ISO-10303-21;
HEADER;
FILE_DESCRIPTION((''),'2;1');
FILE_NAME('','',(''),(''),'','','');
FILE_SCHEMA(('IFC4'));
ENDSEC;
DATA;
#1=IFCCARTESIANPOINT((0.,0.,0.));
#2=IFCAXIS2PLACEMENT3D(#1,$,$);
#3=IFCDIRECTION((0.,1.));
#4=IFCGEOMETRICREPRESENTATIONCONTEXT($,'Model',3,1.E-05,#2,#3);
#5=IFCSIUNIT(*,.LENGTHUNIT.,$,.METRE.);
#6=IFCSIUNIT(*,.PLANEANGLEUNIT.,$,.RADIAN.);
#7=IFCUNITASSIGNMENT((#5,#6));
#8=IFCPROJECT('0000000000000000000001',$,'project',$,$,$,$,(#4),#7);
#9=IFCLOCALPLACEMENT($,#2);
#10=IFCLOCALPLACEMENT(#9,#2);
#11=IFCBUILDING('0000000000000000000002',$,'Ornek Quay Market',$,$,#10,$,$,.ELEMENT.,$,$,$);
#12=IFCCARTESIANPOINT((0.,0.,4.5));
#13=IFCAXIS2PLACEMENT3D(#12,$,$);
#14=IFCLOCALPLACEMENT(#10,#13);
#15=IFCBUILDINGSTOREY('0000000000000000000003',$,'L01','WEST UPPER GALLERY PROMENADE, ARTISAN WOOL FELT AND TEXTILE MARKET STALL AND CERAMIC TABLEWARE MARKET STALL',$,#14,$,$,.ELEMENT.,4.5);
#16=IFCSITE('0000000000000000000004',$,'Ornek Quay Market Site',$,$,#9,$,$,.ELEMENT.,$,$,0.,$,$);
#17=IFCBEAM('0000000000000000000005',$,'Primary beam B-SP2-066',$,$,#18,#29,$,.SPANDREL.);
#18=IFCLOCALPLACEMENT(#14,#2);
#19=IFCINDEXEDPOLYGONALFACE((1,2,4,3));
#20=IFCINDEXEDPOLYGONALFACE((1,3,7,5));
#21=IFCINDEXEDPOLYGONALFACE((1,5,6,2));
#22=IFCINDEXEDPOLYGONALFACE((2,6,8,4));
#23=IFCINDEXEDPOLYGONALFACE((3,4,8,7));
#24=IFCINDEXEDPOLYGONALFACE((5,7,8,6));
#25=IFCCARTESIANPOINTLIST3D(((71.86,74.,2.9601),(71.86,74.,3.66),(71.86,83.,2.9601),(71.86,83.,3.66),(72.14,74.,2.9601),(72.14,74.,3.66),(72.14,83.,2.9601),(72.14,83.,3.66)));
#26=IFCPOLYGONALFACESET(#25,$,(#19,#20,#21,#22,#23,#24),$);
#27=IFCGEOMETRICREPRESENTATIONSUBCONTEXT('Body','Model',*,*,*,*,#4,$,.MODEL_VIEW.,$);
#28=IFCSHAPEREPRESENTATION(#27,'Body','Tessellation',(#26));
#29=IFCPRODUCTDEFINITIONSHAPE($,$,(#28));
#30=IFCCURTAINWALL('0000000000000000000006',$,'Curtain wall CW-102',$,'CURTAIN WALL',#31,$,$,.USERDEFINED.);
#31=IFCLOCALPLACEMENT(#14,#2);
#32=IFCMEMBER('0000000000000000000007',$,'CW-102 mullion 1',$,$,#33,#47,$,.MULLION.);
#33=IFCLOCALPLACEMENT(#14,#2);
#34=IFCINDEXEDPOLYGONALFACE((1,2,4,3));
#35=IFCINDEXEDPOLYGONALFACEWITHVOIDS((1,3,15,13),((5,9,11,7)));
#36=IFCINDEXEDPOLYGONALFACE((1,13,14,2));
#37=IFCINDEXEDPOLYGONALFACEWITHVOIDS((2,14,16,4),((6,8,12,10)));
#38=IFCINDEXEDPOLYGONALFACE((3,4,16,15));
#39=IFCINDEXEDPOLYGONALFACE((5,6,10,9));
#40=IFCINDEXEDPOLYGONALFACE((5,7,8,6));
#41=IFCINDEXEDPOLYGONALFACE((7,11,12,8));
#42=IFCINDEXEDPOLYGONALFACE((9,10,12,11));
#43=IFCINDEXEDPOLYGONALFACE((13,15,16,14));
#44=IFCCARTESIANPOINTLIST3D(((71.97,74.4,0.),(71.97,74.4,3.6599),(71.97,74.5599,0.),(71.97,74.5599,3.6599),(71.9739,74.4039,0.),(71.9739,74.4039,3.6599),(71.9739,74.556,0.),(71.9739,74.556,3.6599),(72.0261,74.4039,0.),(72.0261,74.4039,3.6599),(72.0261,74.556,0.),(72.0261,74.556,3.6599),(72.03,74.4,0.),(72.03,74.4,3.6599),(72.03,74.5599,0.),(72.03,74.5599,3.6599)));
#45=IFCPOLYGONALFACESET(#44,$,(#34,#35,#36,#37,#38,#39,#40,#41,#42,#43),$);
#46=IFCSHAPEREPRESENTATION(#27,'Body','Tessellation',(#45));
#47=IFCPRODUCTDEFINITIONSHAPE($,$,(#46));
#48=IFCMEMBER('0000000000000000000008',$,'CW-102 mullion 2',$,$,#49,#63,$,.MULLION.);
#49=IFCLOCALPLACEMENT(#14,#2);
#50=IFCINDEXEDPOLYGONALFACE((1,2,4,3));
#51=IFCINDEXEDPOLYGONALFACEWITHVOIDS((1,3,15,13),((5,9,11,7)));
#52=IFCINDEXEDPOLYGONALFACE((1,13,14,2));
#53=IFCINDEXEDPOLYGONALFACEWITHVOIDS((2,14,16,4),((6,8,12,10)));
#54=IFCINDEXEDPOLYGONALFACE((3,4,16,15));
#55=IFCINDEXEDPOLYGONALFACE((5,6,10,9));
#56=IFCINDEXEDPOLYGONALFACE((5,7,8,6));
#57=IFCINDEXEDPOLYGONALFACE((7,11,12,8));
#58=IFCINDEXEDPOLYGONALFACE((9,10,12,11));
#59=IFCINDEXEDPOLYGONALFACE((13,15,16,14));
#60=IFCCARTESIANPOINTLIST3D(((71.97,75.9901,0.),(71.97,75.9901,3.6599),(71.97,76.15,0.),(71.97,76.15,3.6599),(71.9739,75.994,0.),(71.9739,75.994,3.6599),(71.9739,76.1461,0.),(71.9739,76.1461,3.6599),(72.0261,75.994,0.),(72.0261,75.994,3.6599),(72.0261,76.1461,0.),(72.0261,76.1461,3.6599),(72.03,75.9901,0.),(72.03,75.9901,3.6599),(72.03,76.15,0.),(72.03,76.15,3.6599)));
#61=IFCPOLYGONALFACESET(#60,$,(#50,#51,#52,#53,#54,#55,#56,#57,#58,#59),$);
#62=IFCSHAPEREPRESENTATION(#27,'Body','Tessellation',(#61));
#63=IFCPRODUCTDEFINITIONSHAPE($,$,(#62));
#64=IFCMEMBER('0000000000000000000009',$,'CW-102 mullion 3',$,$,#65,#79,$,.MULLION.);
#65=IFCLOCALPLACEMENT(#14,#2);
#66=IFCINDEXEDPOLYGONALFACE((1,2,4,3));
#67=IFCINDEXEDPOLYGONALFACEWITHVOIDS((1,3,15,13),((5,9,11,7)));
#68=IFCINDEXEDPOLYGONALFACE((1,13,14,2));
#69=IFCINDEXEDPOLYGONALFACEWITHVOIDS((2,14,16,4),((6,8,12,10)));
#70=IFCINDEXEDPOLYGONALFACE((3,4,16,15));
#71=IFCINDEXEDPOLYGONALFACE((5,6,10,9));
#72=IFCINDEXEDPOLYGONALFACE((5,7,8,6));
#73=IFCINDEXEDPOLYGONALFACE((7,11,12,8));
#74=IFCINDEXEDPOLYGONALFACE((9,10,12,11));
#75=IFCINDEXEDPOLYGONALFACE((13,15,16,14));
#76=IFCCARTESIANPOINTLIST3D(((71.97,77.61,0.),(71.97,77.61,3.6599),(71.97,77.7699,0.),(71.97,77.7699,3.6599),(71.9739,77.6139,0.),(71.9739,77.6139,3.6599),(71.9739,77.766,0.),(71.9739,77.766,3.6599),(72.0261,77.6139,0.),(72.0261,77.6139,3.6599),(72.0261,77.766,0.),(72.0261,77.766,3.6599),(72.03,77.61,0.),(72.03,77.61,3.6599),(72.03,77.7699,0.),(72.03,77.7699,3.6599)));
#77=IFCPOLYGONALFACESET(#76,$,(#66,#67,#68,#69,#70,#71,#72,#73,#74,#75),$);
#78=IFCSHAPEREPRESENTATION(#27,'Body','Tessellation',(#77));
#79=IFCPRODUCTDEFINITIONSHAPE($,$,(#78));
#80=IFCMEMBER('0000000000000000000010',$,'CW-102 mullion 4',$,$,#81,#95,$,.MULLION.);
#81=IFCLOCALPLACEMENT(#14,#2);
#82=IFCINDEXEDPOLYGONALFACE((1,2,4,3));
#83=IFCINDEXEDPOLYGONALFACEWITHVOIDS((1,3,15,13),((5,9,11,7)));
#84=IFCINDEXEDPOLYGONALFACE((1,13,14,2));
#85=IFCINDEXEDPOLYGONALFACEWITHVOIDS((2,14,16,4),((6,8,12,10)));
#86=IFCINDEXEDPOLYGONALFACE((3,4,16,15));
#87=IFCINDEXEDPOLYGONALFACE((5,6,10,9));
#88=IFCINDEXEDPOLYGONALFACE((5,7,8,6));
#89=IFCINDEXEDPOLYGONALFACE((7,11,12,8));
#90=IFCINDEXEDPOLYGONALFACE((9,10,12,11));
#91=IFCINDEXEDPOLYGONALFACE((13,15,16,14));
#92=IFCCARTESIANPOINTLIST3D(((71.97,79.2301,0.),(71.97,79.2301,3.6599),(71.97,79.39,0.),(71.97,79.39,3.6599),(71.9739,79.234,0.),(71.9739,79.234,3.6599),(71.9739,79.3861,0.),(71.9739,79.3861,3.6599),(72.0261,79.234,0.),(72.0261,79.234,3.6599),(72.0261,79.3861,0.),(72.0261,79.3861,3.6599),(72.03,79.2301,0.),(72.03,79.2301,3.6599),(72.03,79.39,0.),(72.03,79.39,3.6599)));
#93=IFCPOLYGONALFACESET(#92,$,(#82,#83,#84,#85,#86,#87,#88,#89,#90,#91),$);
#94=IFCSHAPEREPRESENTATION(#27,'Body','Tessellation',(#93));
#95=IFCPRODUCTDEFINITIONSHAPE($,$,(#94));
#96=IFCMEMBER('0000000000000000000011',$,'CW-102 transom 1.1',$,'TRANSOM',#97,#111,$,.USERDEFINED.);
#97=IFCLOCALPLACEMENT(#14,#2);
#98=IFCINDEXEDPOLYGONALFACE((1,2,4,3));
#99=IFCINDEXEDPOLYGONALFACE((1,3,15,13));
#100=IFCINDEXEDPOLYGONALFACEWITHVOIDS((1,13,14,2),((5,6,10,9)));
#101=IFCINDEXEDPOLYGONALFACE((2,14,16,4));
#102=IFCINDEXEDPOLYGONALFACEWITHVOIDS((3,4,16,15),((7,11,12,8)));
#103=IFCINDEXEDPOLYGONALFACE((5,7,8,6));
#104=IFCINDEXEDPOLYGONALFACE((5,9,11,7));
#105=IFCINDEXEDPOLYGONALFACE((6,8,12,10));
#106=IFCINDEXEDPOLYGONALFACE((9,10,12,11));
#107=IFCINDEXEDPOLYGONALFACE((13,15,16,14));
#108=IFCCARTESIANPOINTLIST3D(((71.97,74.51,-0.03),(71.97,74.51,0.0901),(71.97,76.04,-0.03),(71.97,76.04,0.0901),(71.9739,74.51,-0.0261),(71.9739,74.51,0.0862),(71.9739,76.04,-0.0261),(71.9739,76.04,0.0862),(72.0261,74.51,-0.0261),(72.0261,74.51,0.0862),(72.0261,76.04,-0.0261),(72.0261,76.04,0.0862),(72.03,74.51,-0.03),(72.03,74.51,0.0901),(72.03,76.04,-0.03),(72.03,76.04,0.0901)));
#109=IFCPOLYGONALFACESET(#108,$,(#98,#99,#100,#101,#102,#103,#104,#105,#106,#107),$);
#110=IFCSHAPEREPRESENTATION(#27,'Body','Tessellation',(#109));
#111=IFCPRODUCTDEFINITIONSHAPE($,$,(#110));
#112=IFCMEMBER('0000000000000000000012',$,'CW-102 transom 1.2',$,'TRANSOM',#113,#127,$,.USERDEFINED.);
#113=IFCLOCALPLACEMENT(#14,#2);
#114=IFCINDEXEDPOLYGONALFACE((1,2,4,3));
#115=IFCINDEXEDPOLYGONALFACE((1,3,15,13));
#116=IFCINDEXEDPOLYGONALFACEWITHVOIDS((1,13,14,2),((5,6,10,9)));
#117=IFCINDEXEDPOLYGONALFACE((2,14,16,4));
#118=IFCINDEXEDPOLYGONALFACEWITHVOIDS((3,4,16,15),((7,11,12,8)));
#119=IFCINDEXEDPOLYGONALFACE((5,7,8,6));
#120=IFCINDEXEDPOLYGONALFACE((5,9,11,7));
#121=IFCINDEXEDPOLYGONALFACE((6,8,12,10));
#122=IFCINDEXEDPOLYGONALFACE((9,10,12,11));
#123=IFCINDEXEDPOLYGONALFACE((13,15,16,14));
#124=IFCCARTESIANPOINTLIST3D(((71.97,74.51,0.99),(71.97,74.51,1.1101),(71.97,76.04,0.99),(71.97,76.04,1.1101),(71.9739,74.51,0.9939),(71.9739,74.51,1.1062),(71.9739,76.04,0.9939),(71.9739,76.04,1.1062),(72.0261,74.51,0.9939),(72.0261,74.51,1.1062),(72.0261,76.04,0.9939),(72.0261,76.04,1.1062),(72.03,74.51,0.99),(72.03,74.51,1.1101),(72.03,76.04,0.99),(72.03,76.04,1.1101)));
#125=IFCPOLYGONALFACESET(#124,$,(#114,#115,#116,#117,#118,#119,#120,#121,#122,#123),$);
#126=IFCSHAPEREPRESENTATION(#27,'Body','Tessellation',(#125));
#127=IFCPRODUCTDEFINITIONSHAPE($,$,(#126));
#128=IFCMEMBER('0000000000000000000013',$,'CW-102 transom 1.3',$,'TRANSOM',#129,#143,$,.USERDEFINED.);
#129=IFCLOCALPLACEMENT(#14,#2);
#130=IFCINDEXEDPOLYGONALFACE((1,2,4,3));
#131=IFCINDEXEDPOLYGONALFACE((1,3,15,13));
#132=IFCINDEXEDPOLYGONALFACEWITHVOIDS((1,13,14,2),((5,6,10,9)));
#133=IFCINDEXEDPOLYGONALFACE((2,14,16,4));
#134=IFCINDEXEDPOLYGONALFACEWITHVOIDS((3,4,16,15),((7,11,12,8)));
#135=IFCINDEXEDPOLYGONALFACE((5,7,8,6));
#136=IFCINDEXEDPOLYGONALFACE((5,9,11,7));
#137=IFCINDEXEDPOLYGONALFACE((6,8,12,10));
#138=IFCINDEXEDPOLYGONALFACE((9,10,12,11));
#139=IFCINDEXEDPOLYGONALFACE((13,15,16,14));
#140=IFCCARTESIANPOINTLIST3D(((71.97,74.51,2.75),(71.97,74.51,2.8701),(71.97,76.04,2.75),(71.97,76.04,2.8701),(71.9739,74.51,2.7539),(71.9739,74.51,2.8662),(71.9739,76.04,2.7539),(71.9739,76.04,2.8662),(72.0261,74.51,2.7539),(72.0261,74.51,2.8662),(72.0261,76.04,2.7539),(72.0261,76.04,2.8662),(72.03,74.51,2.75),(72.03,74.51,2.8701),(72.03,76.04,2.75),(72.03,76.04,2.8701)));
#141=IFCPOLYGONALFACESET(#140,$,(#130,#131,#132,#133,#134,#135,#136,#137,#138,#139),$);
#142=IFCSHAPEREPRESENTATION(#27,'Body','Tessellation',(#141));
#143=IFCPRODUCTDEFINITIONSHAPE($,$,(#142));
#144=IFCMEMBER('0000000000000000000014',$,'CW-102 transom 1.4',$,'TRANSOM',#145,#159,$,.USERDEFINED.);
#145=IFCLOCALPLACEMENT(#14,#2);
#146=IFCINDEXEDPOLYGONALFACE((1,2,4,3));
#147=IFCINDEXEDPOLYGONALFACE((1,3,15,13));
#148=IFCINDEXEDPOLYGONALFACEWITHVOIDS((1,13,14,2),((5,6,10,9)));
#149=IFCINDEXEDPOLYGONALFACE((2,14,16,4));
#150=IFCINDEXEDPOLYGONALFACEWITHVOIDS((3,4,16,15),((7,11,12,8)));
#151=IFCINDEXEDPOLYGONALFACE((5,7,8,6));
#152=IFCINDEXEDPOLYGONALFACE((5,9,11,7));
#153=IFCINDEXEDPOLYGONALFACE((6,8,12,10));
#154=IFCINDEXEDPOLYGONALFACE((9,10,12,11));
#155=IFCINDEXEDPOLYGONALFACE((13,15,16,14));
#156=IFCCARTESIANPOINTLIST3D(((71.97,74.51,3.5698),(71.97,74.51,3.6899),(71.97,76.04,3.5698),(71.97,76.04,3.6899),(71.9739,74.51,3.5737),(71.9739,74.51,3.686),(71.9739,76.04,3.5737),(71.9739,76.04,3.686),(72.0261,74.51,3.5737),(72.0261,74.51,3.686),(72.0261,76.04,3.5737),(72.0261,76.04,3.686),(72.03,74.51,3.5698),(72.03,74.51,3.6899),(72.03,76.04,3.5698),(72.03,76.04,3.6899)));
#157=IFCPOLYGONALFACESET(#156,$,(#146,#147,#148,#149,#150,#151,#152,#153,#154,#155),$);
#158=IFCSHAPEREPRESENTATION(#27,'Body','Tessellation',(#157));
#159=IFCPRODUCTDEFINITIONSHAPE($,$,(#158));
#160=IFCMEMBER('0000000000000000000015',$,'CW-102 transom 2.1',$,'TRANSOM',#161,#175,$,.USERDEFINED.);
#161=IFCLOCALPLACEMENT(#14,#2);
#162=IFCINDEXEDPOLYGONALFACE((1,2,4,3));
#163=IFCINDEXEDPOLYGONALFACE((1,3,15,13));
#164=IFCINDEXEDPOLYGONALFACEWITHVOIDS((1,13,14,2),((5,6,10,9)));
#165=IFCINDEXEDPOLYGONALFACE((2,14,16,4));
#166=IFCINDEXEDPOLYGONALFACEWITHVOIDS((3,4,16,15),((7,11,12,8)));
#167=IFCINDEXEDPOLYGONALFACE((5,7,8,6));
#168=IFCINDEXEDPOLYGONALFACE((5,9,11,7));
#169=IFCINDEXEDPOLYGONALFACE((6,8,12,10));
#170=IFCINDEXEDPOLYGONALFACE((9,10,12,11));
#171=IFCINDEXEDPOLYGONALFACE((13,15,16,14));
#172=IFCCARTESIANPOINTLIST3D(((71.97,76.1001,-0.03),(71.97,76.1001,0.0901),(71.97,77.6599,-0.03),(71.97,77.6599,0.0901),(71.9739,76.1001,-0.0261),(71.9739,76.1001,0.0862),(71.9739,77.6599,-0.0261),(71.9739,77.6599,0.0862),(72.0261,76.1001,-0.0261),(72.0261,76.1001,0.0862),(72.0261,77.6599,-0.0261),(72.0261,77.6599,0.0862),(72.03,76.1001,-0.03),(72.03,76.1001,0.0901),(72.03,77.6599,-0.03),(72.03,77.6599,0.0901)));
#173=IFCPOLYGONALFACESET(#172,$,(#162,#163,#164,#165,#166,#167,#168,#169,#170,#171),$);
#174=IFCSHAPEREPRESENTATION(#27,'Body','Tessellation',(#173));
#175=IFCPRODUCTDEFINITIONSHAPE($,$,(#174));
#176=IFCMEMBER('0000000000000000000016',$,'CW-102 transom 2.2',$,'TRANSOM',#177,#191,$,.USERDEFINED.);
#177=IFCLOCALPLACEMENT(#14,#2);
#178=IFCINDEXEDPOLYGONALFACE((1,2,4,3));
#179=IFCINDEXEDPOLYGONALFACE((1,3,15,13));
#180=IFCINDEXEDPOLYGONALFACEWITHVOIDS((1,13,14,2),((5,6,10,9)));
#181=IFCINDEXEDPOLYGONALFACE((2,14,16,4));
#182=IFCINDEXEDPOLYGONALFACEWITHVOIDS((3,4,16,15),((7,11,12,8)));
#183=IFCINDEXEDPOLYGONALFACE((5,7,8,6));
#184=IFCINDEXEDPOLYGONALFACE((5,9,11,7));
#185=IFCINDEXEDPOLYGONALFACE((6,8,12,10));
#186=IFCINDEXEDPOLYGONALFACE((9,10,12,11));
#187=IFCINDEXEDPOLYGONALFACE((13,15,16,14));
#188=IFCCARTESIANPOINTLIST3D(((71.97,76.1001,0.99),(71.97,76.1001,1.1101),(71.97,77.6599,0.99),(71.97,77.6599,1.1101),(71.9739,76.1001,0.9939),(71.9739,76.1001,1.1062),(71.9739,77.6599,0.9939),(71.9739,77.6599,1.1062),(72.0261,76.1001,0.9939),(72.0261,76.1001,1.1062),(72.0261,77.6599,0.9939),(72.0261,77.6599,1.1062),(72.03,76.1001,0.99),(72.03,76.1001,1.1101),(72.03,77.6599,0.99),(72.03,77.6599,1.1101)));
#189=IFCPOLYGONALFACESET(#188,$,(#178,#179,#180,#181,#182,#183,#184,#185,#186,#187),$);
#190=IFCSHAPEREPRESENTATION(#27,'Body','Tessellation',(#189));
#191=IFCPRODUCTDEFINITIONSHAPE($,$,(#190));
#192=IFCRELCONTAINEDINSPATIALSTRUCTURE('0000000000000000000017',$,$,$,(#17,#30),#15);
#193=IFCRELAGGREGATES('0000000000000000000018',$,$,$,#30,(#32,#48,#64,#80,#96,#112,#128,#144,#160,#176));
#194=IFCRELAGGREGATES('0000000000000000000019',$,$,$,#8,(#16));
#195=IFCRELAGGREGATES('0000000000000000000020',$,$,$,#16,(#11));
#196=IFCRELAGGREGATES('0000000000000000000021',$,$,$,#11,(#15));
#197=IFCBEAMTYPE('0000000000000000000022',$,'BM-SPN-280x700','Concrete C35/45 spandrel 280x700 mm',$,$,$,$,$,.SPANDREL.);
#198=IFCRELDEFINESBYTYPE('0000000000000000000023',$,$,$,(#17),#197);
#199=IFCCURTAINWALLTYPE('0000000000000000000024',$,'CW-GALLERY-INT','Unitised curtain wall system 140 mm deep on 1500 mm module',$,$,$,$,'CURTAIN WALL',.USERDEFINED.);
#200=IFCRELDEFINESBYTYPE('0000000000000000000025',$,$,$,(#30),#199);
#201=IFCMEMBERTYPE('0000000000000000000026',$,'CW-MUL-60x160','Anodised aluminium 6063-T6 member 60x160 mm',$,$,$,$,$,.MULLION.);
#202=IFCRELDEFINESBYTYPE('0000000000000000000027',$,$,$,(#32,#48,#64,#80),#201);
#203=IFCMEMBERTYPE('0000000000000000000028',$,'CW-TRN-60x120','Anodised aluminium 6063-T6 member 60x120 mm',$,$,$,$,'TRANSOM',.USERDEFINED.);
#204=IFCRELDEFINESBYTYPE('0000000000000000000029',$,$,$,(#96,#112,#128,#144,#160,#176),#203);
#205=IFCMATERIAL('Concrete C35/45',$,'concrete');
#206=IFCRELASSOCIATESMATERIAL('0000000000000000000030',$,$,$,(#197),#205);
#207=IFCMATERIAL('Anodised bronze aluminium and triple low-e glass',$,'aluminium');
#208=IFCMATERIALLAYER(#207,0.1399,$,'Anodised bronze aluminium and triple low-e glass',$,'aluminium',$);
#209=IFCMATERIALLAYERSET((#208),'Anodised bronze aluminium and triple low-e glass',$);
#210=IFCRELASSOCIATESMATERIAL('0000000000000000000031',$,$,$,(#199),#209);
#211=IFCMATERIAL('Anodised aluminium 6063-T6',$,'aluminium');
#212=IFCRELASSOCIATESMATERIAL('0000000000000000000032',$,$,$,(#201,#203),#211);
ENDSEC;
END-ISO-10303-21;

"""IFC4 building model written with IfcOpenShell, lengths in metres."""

from ifc_helpers import new_model, si_unit, direction, frame, origin, origin_2d, place, context, subcontext, project, spatial, rectangle, hollow_rectangle, extrude, material, layer, layer_set, material_profile, profile_set, type_object, element, aggregate, save


model = new_model("IFC4")

# Units and contexts
model_context = context("Model", 3, precision=1e-05, world=origin(), true_north=direction((0.0, 1.0)))
body_context = subcontext(model_context, "Body", "Model", "MODEL_VIEW")
ifc_project = project(units=[si_unit("LENGTHUNIT", "METRE"), si_unit("PLANEANGLEUNIT", "RADIAN")], contexts=[model_context])

# Site, building, storey
site_placement = place(None, origin())
site = spatial("IfcSite", under=ifc_project, at=site_placement, Name="Ornek Quay Market Site", CompositionType="ELEMENT", RefElevation=0.0)
building_placement = place(site_placement, origin())
building = spatial("IfcBuilding", under=site, at=building_placement, Name="Ornek Quay Market", CompositionType="ELEMENT")
storey_placement = place(building_placement, frame((0.0, 0.0, 4.5)))
storey = spatial("IfcBuildingStorey", under=building, at=storey_placement, Name="L01", Description="WEST UPPER GALLERY PROMENADE, ARTISAN WOOL FELT AND TEXTILE MARKET STALL AND CERAMIC TABLEWARE MARKET STALL", CompositionType="ELEMENT", Elevation=4.5)

# Beam
ifc_material_1 = material(Name="Concrete C35/45", Category="concrete")
ifc_material_profile_1 = material_profile(ifc_material_1, rectangle(XDim=0.28, YDim=0.7, at=origin_2d()), Name="RC 280x700", Category="concrete")
ifc_profile_set_1 = profile_set([ifc_material_profile_1], Name="Concrete C35/45")
beam_type = type_object("IfcBeamType", Name="BM-SPN-280x700", Description="Concrete C35/45 spandrel 280x700 mm", PredefinedType="SPANDREL", material=ifc_profile_set_1)
beam_placement = place(storey_placement, frame((72.0, 74.0, 3.3101), z_axis=(0.0, 1.0, 0.0), x_axis=(-1.0, 0.0, 0.0)))
element("IfcBeam", 1, at=beam_placement, inside=storey, type_object=beam_type, Name="Primary beam B-SP2-066", PredefinedType="SPANDREL", context=body_context, shape_type="SweptSolid", body=[
    extrude(rectangle(XDim=0.28, YDim=0.7, at=origin_2d()), origin(), (0.0, 0.0, 1.0), 9.0),
])

# Curtain wall, members
ifc_material_2 = material(Name="Anodised bronze aluminium and triple low-e glass", Category="aluminium")
ifc_layer_1 = layer(ifc_material_2, 0.1399, Name="Anodised bronze aluminium and triple low-e glass", Category="aluminium")
ifc_layer_set_1 = layer_set([ifc_layer_1], Name="Anodised bronze aluminium and triple low-e glass")
curtain_wall_type = type_object("IfcCurtainWallType", Name="CW-GALLERY-INT", Description="Unitised curtain wall system 140 mm deep on 1500 mm module", ElementType="CURTAIN WALL", PredefinedType="USERDEFINED", material=ifc_layer_set_1)
curtain_wall_placement = place(storey_placement, origin())
curtain_wall = element("IfcCurtainWall", 2, at=curtain_wall_placement, inside=storey, type_object=curtain_wall_type, Name="Curtain wall CW-102", ObjectType="CURTAIN WALL", PredefinedType="USERDEFINED")
ifc_material_3 = material(Name="Anodised aluminium 6063-T6", Category="aluminium")
ifc_material_profile_2 = material_profile(ifc_material_3, hollow_rectangle(XDim=0.0601, YDim=0.1599, WallThickness=0.0039, at=origin_2d()), Name="CW-MUL-60x160", Category="aluminium")
ifc_profile_set_2 = profile_set([ifc_material_profile_2], Name="Anodised aluminium 6063-T6")
member_type_1 = type_object("IfcMemberType", Name="CW-MUL-60x160", Description="Anodised aluminium 6063-T6 member 60x160 mm", PredefinedType="MULLION", material=ifc_profile_set_2)
member_1_placement = place(storey_placement, frame((72.0, 74.48, 0.0), z_axis=(0.0, 0.0, 1.0), x_axis=(-1.0, 0.0, 0.0)))
member_1 = element("IfcMember", 3, at=member_1_placement, type_object=member_type_1, Name="CW-102 mullion 1", PredefinedType="MULLION", context=body_context, shape_type="SweptSolid", body=[
    extrude(hollow_rectangle(XDim=0.0601, YDim=0.1599, WallThickness=0.0039, at=origin_2d()), origin(), (0.0, 0.0, 1.0), 3.6599),
])
member_2_placement = place(storey_placement, frame((72.0, 76.0701, 0.0), z_axis=(0.0, 0.0, 1.0), x_axis=(-1.0, 0.0, 0.0)))
member_2 = element("IfcMember", 4, at=member_2_placement, type_object=member_type_1, Name="CW-102 mullion 2", PredefinedType="MULLION", context=body_context, shape_type="SweptSolid", body=[
    extrude(hollow_rectangle(XDim=0.0601, YDim=0.1599, WallThickness=0.0039, at=origin_2d()), origin(), (0.0, 0.0, 1.0), 3.6599),
])
member_3_placement = place(storey_placement, frame((72.0, 77.6899, 0.0), z_axis=(0.0, 0.0, 1.0), x_axis=(-1.0, 0.0, 0.0)))
member_3 = element("IfcMember", 5, at=member_3_placement, type_object=member_type_1, Name="CW-102 mullion 3", PredefinedType="MULLION", context=body_context, shape_type="SweptSolid", body=[
    extrude(hollow_rectangle(XDim=0.0601, YDim=0.1599, WallThickness=0.0039, at=origin_2d()), origin(), (0.0, 0.0, 1.0), 3.6599),
])
member_4_placement = place(storey_placement, frame((72.0, 79.3101, 0.0), z_axis=(0.0, 0.0, 1.0), x_axis=(-1.0, 0.0, 0.0)))
member_4 = element("IfcMember", 6, at=member_4_placement, type_object=member_type_1, Name="CW-102 mullion 4", PredefinedType="MULLION", context=body_context, shape_type="SweptSolid", body=[
    extrude(hollow_rectangle(XDim=0.0601, YDim=0.1599, WallThickness=0.0039, at=origin_2d()), origin(), (0.0, 0.0, 1.0), 3.6599),
])
ifc_material_profile_3 = material_profile(ifc_material_3, hollow_rectangle(XDim=0.0601, YDim=0.1201, WallThickness=0.0039, at=origin_2d()), Name="CW-TRN-60x120", Category="aluminium")
ifc_profile_set_3 = profile_set([ifc_material_profile_3], Name="Anodised aluminium 6063-T6")
member_type_2 = type_object("IfcMemberType", Name="CW-TRN-60x120", Description="Anodised aluminium 6063-T6 member 60x120 mm", ElementType="TRANSOM", PredefinedType="USERDEFINED", material=ifc_profile_set_3)
member_5_placement = place(storey_placement, frame((72.0, 74.51, 0.03), z_axis=(0.0, 1.0, 0.0), x_axis=(-1.0, 0.0, 0.0)))
member_5 = element("IfcMember", 7, at=member_5_placement, type_object=member_type_2, Name="CW-102 transom 1.1", ObjectType="TRANSOM", PredefinedType="USERDEFINED", context=body_context, shape_type="SweptSolid", body=[
    extrude(hollow_rectangle(XDim=0.0601, YDim=0.1201, WallThickness=0.0039, at=origin_2d()), origin(), (0.0, 0.0, 1.0), 1.53),
])
member_6_placement = place(storey_placement, frame((72.0, 74.51, 1.05), z_axis=(0.0, 1.0, 0.0), x_axis=(-1.0, 0.0, 0.0)))
member_6 = element("IfcMember", 8, at=member_6_placement, type_object=member_type_2, Name="CW-102 transom 1.2", ObjectType="TRANSOM", PredefinedType="USERDEFINED", context=body_context, shape_type="SweptSolid", body=[
    extrude(hollow_rectangle(XDim=0.0601, YDim=0.1201, WallThickness=0.0039, at=origin_2d()), origin(), (0.0, 0.0, 1.0), 1.53),
])
member_7_placement = place(storey_placement, frame((72.0, 74.51, 2.8101), z_axis=(0.0, 1.0, 0.0), x_axis=(-1.0, 0.0, 0.0)))
member_7 = element("IfcMember", 9, at=member_7_placement, type_object=member_type_2, Name="CW-102 transom 1.3", ObjectType="TRANSOM", PredefinedType="USERDEFINED", context=body_context, shape_type="SweptSolid", body=[
    extrude(hollow_rectangle(XDim=0.0601, YDim=0.1201, WallThickness=0.0039, at=origin_2d()), origin(), (0.0, 0.0, 1.0), 1.53),
])
member_8_placement = place(storey_placement, frame((72.0, 74.51, 3.6299), z_axis=(0.0, 1.0, 0.0), x_axis=(-1.0, 0.0, 0.0)))
member_8 = element("IfcMember", 10, at=member_8_placement, type_object=member_type_2, Name="CW-102 transom 1.4", ObjectType="TRANSOM", PredefinedType="USERDEFINED", context=body_context, shape_type="SweptSolid", body=[
    extrude(hollow_rectangle(XDim=0.0601, YDim=0.1201, WallThickness=0.0039, at=origin_2d()), origin(), (0.0, 0.0, 1.0), 1.53),
])
member_9_placement = place(storey_placement, frame((72.0, 76.1001, 0.03), z_axis=(0.0, 1.0, 0.0), x_axis=(-1.0, 0.0, 0.0)))
member_9 = element("IfcMember", 11, at=member_9_placement, type_object=member_type_2, Name="CW-102 transom 2.1", ObjectType="TRANSOM", PredefinedType="USERDEFINED", context=body_context, shape_type="SweptSolid", body=[
    extrude(hollow_rectangle(XDim=0.0601, YDim=0.1201, WallThickness=0.0039, at=origin_2d()), origin(), (0.0, 0.0, 1.0), 1.5598),
])
member_10_placement = place(storey_placement, frame((72.0, 76.1001, 1.05), z_axis=(0.0, 1.0, 0.0), x_axis=(-1.0, 0.0, 0.0)))
member_10 = element("IfcMember", 12, at=member_10_placement, type_object=member_type_2, Name="CW-102 transom 2.2", ObjectType="TRANSOM", PredefinedType="USERDEFINED", context=body_context, shape_type="SweptSolid", body=[
    extrude(hollow_rectangle(XDim=0.0601, YDim=0.1201, WallThickness=0.0039, at=origin_2d()), origin(), (0.0, 0.0, 1.0), 1.5598),
])
aggregate(curtain_wall, [member_1, member_2, member_3, member_4, member_5, member_6, member_7, member_8, member_9, member_10])

save(model, "model.ifc")
